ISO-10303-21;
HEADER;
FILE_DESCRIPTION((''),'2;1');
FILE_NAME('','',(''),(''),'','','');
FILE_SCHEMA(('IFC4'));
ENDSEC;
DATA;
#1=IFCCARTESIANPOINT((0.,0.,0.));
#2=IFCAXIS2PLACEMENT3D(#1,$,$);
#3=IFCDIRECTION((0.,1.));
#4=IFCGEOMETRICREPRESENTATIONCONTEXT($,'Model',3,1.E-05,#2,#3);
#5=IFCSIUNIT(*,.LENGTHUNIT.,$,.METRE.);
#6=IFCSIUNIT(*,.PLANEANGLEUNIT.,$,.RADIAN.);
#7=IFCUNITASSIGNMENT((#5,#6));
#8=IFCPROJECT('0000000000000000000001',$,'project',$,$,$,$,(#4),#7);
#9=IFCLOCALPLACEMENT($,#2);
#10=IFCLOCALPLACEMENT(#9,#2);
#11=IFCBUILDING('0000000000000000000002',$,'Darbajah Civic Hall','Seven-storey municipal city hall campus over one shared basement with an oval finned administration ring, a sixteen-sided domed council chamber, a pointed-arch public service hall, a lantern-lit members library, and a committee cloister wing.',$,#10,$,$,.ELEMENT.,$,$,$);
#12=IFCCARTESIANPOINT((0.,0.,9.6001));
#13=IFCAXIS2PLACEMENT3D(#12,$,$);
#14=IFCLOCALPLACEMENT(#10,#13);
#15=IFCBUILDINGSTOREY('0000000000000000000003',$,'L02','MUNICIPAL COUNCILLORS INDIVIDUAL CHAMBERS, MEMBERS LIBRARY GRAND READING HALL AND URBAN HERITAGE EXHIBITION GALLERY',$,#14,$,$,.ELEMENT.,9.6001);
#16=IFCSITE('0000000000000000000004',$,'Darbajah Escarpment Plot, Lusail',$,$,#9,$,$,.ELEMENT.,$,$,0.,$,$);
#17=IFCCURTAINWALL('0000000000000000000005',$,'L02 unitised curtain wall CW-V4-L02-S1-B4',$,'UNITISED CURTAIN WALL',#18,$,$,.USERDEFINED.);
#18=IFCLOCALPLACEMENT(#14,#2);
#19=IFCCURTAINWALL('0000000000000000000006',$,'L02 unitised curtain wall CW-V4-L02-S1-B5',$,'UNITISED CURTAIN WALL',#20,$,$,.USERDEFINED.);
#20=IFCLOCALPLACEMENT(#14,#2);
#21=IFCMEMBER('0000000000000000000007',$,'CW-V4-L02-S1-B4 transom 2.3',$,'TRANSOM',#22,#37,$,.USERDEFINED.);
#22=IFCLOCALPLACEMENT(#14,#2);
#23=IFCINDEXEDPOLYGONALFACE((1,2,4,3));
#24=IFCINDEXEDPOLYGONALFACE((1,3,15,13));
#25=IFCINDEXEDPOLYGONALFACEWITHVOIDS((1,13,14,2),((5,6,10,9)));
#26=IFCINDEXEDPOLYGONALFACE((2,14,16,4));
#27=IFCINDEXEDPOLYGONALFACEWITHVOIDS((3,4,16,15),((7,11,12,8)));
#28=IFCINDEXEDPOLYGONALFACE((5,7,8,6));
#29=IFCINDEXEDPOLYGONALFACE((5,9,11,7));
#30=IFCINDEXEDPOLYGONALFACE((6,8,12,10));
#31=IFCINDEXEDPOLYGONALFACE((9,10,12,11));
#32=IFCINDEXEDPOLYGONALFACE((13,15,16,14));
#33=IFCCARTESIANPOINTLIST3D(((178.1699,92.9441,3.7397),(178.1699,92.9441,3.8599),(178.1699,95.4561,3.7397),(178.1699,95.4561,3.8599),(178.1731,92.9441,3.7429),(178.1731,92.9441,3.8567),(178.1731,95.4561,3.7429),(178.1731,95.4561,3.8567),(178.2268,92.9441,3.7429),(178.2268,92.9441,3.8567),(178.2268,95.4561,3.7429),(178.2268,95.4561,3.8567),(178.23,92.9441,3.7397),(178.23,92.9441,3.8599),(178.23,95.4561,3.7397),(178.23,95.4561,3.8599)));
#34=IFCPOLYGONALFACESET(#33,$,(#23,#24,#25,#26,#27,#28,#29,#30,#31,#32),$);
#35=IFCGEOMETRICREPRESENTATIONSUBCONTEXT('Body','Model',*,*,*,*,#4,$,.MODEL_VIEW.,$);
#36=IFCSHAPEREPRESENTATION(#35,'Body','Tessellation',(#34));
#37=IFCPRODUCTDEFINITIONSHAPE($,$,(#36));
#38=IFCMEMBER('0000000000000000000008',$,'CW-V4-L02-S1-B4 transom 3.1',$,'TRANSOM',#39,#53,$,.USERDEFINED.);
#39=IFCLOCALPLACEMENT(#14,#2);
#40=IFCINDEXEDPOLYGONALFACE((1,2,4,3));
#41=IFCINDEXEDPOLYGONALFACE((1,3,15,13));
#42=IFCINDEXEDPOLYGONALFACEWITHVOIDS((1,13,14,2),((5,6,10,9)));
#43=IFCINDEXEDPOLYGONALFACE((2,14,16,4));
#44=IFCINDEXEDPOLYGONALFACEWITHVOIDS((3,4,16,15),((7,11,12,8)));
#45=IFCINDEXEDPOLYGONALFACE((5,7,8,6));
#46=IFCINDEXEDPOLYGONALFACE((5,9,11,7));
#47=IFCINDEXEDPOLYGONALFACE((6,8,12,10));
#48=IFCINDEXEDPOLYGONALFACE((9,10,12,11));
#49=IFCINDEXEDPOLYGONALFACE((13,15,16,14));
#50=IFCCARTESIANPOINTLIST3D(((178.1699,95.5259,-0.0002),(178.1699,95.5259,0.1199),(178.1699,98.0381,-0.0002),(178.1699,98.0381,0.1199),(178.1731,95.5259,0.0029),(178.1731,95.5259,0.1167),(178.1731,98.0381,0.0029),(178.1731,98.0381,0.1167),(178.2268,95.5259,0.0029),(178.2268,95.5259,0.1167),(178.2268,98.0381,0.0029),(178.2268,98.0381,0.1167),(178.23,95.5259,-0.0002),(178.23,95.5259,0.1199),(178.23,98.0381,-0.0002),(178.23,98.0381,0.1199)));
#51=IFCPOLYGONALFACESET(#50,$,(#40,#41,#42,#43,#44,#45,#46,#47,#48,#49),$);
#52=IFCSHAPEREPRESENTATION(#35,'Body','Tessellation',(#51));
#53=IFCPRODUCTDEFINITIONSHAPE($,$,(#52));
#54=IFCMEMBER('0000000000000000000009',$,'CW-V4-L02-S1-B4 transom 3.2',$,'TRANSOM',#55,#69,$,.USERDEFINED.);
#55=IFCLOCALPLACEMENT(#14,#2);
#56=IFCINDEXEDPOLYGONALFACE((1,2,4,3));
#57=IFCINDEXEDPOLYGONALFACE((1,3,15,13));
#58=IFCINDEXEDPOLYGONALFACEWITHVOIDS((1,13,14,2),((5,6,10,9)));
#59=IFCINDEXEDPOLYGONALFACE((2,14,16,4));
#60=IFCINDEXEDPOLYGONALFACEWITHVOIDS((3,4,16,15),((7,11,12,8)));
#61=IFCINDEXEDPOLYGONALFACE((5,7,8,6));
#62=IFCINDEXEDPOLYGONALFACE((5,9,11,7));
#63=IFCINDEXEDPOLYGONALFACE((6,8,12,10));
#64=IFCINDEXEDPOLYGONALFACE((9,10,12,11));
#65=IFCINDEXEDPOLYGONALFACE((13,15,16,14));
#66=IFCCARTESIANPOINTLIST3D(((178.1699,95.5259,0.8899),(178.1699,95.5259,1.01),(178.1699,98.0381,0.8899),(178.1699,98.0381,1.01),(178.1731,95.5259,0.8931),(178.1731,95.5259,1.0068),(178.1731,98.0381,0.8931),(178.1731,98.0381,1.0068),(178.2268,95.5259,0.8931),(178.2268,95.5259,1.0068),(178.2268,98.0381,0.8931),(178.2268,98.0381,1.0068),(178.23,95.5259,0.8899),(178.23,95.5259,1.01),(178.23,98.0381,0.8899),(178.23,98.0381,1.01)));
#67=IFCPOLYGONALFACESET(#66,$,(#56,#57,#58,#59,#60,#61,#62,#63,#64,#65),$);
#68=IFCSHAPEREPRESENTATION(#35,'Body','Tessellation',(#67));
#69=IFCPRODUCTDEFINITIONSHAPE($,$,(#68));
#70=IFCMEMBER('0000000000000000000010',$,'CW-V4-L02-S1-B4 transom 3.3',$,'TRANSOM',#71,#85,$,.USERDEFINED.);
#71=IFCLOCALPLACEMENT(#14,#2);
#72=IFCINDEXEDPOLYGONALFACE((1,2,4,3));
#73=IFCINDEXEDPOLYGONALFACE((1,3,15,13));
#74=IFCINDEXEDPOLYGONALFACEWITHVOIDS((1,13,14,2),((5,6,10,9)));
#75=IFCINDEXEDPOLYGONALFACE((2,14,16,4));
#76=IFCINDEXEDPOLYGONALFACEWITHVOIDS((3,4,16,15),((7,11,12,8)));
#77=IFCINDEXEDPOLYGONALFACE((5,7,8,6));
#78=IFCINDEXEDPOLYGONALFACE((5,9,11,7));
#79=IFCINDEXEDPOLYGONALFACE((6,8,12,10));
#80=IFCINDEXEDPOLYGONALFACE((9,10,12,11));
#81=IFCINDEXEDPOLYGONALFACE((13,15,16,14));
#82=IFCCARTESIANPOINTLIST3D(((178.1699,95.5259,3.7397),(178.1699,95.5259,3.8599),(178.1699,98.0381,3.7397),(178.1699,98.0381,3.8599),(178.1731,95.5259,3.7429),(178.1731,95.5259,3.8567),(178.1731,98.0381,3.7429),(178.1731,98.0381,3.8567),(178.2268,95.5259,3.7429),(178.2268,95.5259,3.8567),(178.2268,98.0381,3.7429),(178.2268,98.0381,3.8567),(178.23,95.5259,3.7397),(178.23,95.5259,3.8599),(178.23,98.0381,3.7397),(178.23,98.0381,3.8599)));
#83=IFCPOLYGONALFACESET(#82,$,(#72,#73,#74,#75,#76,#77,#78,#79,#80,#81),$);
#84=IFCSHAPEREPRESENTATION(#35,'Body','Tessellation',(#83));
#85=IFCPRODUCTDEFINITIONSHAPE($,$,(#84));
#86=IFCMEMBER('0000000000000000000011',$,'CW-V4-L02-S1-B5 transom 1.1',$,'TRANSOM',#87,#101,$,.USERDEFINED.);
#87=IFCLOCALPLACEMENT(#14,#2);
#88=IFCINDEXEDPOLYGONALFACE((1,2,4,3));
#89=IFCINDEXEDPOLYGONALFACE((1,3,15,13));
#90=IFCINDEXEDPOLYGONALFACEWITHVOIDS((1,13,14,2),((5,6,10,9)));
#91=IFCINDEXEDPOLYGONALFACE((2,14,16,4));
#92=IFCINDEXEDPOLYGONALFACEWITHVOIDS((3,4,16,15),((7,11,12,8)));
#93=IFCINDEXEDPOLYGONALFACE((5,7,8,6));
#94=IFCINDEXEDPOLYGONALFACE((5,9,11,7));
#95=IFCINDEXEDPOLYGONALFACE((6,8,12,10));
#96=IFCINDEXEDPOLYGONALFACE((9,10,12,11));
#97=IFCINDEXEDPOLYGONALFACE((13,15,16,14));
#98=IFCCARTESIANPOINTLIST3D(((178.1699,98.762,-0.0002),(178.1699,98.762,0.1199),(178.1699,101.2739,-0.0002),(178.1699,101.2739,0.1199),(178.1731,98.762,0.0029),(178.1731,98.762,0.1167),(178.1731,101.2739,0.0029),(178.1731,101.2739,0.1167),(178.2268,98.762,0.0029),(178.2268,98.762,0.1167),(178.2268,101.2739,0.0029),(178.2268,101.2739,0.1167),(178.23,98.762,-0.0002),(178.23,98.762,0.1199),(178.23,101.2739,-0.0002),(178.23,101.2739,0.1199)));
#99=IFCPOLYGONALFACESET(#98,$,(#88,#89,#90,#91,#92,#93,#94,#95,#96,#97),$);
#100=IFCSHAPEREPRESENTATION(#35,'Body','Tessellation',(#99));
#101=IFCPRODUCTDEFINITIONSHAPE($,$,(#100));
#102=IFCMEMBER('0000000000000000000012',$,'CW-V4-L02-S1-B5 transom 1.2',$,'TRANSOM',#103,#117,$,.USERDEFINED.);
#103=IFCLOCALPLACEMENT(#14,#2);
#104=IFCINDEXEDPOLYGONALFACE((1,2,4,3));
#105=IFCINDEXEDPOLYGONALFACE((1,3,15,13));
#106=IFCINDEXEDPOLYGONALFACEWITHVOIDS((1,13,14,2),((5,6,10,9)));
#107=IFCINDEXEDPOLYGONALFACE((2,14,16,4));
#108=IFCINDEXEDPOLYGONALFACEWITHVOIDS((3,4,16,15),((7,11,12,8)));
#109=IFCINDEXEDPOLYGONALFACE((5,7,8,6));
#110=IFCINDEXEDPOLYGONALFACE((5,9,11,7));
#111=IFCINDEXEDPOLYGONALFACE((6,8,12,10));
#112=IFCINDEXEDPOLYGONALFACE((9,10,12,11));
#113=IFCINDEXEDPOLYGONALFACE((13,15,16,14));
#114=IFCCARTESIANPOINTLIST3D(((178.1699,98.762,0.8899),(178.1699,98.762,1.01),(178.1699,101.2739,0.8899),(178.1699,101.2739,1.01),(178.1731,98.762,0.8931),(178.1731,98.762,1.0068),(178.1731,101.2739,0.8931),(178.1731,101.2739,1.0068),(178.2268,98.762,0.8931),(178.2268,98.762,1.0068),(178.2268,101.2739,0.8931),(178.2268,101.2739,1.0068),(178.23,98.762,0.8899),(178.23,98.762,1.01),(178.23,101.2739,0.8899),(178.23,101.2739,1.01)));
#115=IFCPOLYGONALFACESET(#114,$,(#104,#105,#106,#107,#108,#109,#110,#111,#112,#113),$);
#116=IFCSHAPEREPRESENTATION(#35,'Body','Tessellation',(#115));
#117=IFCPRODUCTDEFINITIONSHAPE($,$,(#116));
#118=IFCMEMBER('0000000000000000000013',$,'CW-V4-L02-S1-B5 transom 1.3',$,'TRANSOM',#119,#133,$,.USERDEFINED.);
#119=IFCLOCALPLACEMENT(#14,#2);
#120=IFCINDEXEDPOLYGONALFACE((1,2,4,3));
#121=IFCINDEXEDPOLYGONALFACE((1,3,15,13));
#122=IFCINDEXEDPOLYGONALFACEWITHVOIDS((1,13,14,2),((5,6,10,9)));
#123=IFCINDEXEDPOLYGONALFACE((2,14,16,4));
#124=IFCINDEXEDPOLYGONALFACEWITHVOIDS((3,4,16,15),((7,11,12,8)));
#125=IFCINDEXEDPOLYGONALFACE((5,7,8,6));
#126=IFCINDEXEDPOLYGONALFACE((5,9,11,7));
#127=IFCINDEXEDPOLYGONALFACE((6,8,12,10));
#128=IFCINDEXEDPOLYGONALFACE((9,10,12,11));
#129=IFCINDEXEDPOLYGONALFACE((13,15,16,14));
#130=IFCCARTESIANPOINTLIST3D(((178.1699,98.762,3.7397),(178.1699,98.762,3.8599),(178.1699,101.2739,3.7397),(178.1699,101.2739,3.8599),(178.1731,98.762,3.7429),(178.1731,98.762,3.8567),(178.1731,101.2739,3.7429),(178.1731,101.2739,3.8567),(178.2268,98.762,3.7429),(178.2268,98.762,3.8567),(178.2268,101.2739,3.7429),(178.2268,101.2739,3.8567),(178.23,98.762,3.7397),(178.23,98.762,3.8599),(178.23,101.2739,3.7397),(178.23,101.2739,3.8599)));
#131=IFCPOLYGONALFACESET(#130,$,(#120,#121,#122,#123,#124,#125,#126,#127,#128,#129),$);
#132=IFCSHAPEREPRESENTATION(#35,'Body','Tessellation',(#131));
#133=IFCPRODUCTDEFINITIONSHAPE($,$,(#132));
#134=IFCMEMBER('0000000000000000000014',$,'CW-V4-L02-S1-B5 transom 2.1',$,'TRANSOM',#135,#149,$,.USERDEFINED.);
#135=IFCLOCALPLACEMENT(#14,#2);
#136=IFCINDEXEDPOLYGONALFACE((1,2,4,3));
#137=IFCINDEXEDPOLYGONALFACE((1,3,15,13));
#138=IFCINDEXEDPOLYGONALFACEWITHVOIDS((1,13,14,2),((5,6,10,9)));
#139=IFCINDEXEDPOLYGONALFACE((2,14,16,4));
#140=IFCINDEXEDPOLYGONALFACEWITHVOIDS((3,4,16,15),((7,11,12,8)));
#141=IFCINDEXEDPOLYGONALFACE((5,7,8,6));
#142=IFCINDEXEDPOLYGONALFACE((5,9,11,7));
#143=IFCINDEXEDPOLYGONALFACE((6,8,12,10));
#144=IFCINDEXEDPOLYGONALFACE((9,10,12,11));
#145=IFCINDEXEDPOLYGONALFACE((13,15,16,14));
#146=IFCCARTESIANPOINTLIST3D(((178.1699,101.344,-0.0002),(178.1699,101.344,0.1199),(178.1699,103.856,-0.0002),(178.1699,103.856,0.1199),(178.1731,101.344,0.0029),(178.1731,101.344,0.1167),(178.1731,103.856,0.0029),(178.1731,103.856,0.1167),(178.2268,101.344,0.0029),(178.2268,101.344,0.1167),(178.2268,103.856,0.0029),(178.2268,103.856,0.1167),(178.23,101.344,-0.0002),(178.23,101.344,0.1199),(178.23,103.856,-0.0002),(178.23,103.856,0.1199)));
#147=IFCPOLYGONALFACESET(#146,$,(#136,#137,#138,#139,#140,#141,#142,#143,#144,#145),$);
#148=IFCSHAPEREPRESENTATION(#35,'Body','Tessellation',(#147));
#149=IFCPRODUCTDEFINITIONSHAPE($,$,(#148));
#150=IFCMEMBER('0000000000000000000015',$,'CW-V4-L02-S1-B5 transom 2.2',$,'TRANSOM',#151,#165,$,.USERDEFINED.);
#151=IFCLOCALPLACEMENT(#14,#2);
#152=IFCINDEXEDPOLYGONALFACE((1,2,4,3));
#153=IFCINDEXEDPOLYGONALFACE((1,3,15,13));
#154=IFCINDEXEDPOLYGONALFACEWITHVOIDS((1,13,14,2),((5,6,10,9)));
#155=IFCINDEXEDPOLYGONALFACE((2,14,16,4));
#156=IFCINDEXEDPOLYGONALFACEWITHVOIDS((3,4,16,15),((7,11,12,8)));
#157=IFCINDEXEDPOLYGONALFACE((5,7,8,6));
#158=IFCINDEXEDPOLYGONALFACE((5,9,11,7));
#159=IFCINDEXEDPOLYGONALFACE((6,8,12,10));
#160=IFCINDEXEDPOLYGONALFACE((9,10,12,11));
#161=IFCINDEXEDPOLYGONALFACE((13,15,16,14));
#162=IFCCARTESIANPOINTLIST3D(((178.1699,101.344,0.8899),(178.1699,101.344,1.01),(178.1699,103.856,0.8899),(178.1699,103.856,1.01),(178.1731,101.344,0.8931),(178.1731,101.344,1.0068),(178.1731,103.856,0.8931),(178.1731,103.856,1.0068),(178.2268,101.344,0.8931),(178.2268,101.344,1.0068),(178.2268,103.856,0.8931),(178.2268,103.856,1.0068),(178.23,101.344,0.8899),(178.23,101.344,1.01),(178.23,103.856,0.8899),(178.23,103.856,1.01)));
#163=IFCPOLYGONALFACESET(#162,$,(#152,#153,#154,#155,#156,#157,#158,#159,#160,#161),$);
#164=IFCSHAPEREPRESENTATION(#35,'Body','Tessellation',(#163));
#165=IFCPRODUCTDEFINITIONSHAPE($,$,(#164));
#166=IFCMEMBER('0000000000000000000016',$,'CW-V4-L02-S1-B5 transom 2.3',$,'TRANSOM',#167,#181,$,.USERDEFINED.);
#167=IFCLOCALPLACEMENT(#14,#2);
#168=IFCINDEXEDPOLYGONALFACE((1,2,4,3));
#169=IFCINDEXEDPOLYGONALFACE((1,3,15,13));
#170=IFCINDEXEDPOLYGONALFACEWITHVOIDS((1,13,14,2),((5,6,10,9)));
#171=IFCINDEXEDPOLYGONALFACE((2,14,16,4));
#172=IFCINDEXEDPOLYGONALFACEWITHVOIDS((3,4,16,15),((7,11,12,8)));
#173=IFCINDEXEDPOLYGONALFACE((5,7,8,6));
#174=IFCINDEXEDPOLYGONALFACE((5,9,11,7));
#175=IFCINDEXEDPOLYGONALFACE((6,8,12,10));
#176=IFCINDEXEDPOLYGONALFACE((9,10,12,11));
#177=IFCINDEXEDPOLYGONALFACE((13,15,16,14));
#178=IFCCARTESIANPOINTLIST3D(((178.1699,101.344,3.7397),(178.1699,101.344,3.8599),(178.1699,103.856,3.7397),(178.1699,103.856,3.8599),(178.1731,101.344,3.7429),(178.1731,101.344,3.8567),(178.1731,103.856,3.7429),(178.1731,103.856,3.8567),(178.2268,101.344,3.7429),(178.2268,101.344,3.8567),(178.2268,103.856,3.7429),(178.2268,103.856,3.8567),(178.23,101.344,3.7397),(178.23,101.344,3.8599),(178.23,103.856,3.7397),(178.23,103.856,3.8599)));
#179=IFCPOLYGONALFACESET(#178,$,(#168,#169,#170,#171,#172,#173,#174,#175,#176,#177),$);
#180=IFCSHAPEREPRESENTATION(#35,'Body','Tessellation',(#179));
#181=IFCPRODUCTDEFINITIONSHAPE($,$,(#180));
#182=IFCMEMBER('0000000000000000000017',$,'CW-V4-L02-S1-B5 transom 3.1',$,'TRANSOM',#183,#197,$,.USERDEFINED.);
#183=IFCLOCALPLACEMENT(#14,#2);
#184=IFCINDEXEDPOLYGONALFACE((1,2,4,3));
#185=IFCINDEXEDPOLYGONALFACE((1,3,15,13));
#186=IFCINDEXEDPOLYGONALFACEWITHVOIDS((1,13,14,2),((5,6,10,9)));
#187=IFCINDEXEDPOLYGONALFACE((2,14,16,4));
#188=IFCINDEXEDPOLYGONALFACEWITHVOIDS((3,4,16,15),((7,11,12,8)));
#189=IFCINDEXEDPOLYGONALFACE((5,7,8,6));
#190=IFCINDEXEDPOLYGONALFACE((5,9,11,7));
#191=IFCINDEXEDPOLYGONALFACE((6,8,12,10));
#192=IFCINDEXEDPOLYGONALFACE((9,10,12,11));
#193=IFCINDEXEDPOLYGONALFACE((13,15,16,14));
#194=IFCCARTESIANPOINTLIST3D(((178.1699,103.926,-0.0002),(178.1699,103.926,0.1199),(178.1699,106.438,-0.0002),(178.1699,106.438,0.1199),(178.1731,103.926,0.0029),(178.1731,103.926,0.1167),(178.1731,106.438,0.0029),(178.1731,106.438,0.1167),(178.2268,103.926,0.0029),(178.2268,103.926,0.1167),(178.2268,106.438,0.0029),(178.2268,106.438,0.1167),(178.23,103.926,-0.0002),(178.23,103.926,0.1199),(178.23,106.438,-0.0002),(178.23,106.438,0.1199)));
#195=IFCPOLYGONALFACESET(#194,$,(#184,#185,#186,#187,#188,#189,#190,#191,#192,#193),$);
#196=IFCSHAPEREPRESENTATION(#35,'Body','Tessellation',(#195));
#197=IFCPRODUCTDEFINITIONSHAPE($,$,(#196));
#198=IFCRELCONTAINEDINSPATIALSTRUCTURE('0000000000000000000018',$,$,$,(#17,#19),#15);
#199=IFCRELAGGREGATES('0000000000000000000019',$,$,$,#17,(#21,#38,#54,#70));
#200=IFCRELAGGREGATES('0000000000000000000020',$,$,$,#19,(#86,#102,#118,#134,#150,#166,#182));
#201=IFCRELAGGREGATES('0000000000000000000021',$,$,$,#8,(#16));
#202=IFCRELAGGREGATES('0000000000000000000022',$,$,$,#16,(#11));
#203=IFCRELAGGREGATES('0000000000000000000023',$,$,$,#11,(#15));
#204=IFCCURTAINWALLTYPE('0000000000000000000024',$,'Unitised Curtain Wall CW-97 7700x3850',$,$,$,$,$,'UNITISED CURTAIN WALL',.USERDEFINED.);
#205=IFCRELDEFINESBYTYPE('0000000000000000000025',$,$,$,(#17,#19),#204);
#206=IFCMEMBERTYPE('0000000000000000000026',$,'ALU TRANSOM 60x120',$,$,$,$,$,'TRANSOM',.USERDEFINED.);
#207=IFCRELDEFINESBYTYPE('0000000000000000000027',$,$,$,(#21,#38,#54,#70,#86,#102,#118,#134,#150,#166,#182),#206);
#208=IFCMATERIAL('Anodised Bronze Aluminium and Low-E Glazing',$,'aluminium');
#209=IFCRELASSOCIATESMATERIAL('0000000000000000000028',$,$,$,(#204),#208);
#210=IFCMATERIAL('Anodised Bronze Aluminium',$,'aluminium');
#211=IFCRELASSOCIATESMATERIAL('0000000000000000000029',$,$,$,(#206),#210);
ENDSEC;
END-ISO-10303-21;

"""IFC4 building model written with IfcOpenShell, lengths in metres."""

from ifc_helpers import new_model, si_unit, direction, frame, origin, origin_2d, place, context, subcontext, project, spatial, hollow_rectangle, extrude, material, material_profile, profile_set, type_object, element, aggregate, save


model = new_model("IFC4")

# Units and contexts
model_context = context("Model", 3, precision=1e-05, world=origin(), true_north=direction((0.0, 1.0)))
body_context = subcontext(model_context, "Body", "Model", "MODEL_VIEW")
ifc_project = project(units=[si_unit("LENGTHUNIT", "METRE"), si_unit("PLANEANGLEUNIT", "RADIAN")], contexts=[model_context])

# Site, building, storey
site_placement = place(None, origin())
site = spatial("IfcSite", under=ifc_project, at=site_placement, Name="Darbajah Escarpment Plot, Lusail", CompositionType="ELEMENT", RefElevation=0.0)
building_placement = place(site_placement, origin())
building = spatial("IfcBuilding", under=site, at=building_placement, Name="Darbajah Civic Hall", Description="Seven-storey municipal city hall campus over one shared basement with an oval finned administration ring, a sixteen-sided domed council chamber, a pointed-arch public service hall, a lantern-lit members library, and a committee cloister wing.", CompositionType="ELEMENT")
storey_placement = place(building_placement, frame((0.0, 0.0, 9.6001)))
storey = spatial("IfcBuildingStorey", under=building, at=storey_placement, Name="L02", Description="MUNICIPAL COUNCILLORS INDIVIDUAL CHAMBERS, MEMBERS LIBRARY GRAND READING HALL AND URBAN HERITAGE EXHIBITION GALLERY", CompositionType="ELEMENT", Elevation=9.6001)

# Curtain walls
ifc_material_1 = material(Name="Anodised Bronze Aluminium and Low-E Glazing", Category="aluminium")
curtain_wall_type = type_object("IfcCurtainWallType", Name="Unitised Curtain Wall CW-97 7700x3850", ElementType="UNITISED CURTAIN WALL", PredefinedType="USERDEFINED", material=ifc_material_1)
curtain_wall_1_placement = place(storey_placement, origin())
curtain_wall_1 = element("IfcCurtainWall", 1, at=curtain_wall_1_placement, inside=storey, type_object=curtain_wall_type, Name="L02 unitised curtain wall CW-V4-L02-S1-B4", ObjectType="UNITISED CURTAIN WALL", PredefinedType="USERDEFINED")
ifc_material_2 = material(Name="Anodised Bronze Aluminium", Category="aluminium")
curtain_wall_2_placement = place(storey_placement, origin())
curtain_wall_2 = element("IfcCurtainWall", 2, at=curtain_wall_2_placement, inside=storey, type_object=curtain_wall_type, Name="L02 unitised curtain wall CW-V4-L02-S1-B5", ObjectType="UNITISED CURTAIN WALL", PredefinedType="USERDEFINED")

# Members
ifc_material_profile_1 = material_profile(ifc_material_2, hollow_rectangle(XDim=0.0601, YDim=0.1201, WallThickness=0.0032, at=origin_2d()), Name="ALU TRANSOM 60x120")
ifc_profile_set_1 = profile_set([ifc_material_profile_1], Name="Anodised Bronze Aluminium")
member_type_1 = type_object("IfcMemberType", Name="ALU TRANSOM 60x120", ElementType="TRANSOM", PredefinedType="USERDEFINED", material=ifc_profile_set_1)
member_1_placement = place(storey_placement, frame((178.2, 92.9441, 3.7998), z_axis=(0.0, 1.0, 0.0), x_axis=(-1.0, 0.0, 0.0)))
member_1 = element("IfcMember", 3, at=member_1_placement, type_object=member_type_1, Name="CW-V4-L02-S1-B4 transom 2.3", ObjectType="TRANSOM", PredefinedType="USERDEFINED", context=body_context, shape_type="SweptSolid", body=[
    extrude(hollow_rectangle(XDim=0.0601, YDim=0.1201, WallThickness=0.0032, at=origin_2d()), origin(), (0.0, 0.0, 1.0), 2.512),
])
member_2_placement = place(storey_placement, frame((178.2, 95.5259, 0.0598), z_axis=(0.0, 1.0, 0.0), x_axis=(-1.0, 0.0, 0.0)))
member_2 = element("IfcMember", 4, at=member_2_placement, type_object=member_type_1, Name="CW-V4-L02-S1-B4 transom 3.1", ObjectType="TRANSOM", PredefinedType="USERDEFINED", context=body_context, shape_type="SweptSolid", body=[
    extrude(hollow_rectangle(XDim=0.0601, YDim=0.1201, WallThickness=0.0032, at=origin_2d()), origin(), (0.0, 0.0, 1.0), 2.5122),
])
member_3_placement = place(storey_placement, frame((178.2, 95.5259, 0.95), z_axis=(0.0, 1.0, 0.0), x_axis=(-1.0, 0.0, 0.0)))
member_3 = element("IfcMember", 5, at=member_3_placement, type_object=member_type_1, Name="CW-V4-L02-S1-B4 transom 3.2", ObjectType="TRANSOM", PredefinedType="USERDEFINED", context=body_context, shape_type="SweptSolid", body=[
    extrude(hollow_rectangle(XDim=0.0601, YDim=0.1201, WallThickness=0.0032, at=origin_2d()), origin(), (0.0, 0.0, 1.0), 2.5122),
])
member_4_placement = place(storey_placement, frame((178.2, 95.5259, 3.7998), z_axis=(0.0, 1.0, 0.0), x_axis=(-1.0, 0.0, 0.0)))
member_4 = element("IfcMember", 6, at=member_4_placement, type_object=member_type_1, Name="CW-V4-L02-S1-B4 transom 3.3", ObjectType="TRANSOM", PredefinedType="USERDEFINED", context=body_context, shape_type="SweptSolid", body=[
    extrude(hollow_rectangle(XDim=0.0601, YDim=0.1201, WallThickness=0.0032, at=origin_2d()), origin(), (0.0, 0.0, 1.0), 2.5122),
])
member_5_placement = place(storey_placement, frame((178.2, 98.762, 0.0598), z_axis=(0.0, 1.0, 0.0), x_axis=(-1.0, 0.0, 0.0)))
member_5 = element("IfcMember", 7, at=member_5_placement, type_object=member_type_1, Name="CW-V4-L02-S1-B5 transom 1.1", ObjectType="TRANSOM", PredefinedType="USERDEFINED", context=body_context, shape_type="SweptSolid", body=[
    extrude(hollow_rectangle(XDim=0.0601, YDim=0.1201, WallThickness=0.0032, at=origin_2d()), origin(), (0.0, 0.0, 1.0), 2.512),
])
member_6_placement = place(storey_placement, frame((178.2, 98.762, 0.95), z_axis=(0.0, 1.0, 0.0), x_axis=(-1.0, 0.0, 0.0)))
member_6 = element("IfcMember", 8, at=member_6_placement, type_object=member_type_1, Name="CW-V4-L02-S1-B5 transom 1.2", ObjectType="TRANSOM", PredefinedType="USERDEFINED", context=body_context, shape_type="SweptSolid", body=[
    extrude(hollow_rectangle(XDim=0.0601, YDim=0.1201, WallThickness=0.0032, at=origin_2d()), origin(), (0.0, 0.0, 1.0), 2.512),
])
member_7_placement = place(storey_placement, frame((178.2, 98.762, 3.7998), z_axis=(0.0, 1.0, 0.0), x_axis=(-1.0, 0.0, 0.0)))
member_7 = element("IfcMember", 9, at=member_7_placement, type_object=member_type_1, Name="CW-V4-L02-S1-B5 transom 1.3", ObjectType="TRANSOM", PredefinedType="USERDEFINED", context=body_context, shape_type="SweptSolid", body=[
    extrude(hollow_rectangle(XDim=0.0601, YDim=0.1201, WallThickness=0.0032, at=origin_2d()), origin(), (0.0, 0.0, 1.0), 2.512),
])
member_8_placement = place(storey_placement, frame((178.2, 101.344, 0.0598), z_axis=(0.0, 1.0, 0.0), x_axis=(-1.0, 0.0, 0.0)))
member_8 = element("IfcMember", 10, at=member_8_placement, type_object=member_type_1, Name="CW-V4-L02-S1-B5 transom 2.1", ObjectType="TRANSOM", PredefinedType="USERDEFINED", context=body_context, shape_type="SweptSolid", body=[
    extrude(hollow_rectangle(XDim=0.0601, YDim=0.1201, WallThickness=0.0032, at=origin_2d()), origin(), (0.0, 0.0, 1.0), 2.512),
])
member_9_placement = place(storey_placement, frame((178.2, 101.344, 0.95), z_axis=(0.0, 1.0, 0.0), x_axis=(-1.0, 0.0, 0.0)))
member_9 = element("IfcMember", 11, at=member_9_placement, type_object=member_type_1, Name="CW-V4-L02-S1-B5 transom 2.2", ObjectType="TRANSOM", PredefinedType="USERDEFINED", context=body_context, shape_type="SweptSolid", body=[
    extrude(hollow_rectangle(XDim=0.0601, YDim=0.1201, WallThickness=0.0032, at=origin_2d()), origin(), (0.0, 0.0, 1.0), 2.512),
])
member_10_placement = place(storey_placement, frame((178.2, 101.344, 3.7998), z_axis=(0.0, 1.0, 0.0), x_axis=(-1.0, 0.0, 0.0)))
member_10 = element("IfcMember", 12, at=member_10_placement, type_object=member_type_1, Name="CW-V4-L02-S1-B5 transom 2.3", ObjectType="TRANSOM", PredefinedType="USERDEFINED", context=body_context, shape_type="SweptSolid", body=[
    extrude(hollow_rectangle(XDim=0.0601, YDim=0.1201, WallThickness=0.0032, at=origin_2d()), origin(), (0.0, 0.0, 1.0), 2.512),
])
member_11_placement = place(storey_placement, frame((178.2, 103.926, 0.0598), z_axis=(0.0, 1.0, 0.0), x_axis=(-1.0, 0.0, 0.0)))
member_11 = element("IfcMember", 13, at=member_11_placement, type_object=member_type_1, Name="CW-V4-L02-S1-B5 transom 3.1", ObjectType="TRANSOM", PredefinedType="USERDEFINED", context=body_context, shape_type="SweptSolid", body=[
    extrude(hollow_rectangle(XDim=0.0601, YDim=0.1201, WallThickness=0.0032, at=origin_2d()), origin(), (0.0, 0.0, 1.0), 2.512),
])

aggregate(curtain_wall_1, [member_1, member_2, member_3, member_4])
aggregate(curtain_wall_2, [member_5, member_6, member_7, member_8, member_9, member_10, member_11])

save(model, "model.ifc")
